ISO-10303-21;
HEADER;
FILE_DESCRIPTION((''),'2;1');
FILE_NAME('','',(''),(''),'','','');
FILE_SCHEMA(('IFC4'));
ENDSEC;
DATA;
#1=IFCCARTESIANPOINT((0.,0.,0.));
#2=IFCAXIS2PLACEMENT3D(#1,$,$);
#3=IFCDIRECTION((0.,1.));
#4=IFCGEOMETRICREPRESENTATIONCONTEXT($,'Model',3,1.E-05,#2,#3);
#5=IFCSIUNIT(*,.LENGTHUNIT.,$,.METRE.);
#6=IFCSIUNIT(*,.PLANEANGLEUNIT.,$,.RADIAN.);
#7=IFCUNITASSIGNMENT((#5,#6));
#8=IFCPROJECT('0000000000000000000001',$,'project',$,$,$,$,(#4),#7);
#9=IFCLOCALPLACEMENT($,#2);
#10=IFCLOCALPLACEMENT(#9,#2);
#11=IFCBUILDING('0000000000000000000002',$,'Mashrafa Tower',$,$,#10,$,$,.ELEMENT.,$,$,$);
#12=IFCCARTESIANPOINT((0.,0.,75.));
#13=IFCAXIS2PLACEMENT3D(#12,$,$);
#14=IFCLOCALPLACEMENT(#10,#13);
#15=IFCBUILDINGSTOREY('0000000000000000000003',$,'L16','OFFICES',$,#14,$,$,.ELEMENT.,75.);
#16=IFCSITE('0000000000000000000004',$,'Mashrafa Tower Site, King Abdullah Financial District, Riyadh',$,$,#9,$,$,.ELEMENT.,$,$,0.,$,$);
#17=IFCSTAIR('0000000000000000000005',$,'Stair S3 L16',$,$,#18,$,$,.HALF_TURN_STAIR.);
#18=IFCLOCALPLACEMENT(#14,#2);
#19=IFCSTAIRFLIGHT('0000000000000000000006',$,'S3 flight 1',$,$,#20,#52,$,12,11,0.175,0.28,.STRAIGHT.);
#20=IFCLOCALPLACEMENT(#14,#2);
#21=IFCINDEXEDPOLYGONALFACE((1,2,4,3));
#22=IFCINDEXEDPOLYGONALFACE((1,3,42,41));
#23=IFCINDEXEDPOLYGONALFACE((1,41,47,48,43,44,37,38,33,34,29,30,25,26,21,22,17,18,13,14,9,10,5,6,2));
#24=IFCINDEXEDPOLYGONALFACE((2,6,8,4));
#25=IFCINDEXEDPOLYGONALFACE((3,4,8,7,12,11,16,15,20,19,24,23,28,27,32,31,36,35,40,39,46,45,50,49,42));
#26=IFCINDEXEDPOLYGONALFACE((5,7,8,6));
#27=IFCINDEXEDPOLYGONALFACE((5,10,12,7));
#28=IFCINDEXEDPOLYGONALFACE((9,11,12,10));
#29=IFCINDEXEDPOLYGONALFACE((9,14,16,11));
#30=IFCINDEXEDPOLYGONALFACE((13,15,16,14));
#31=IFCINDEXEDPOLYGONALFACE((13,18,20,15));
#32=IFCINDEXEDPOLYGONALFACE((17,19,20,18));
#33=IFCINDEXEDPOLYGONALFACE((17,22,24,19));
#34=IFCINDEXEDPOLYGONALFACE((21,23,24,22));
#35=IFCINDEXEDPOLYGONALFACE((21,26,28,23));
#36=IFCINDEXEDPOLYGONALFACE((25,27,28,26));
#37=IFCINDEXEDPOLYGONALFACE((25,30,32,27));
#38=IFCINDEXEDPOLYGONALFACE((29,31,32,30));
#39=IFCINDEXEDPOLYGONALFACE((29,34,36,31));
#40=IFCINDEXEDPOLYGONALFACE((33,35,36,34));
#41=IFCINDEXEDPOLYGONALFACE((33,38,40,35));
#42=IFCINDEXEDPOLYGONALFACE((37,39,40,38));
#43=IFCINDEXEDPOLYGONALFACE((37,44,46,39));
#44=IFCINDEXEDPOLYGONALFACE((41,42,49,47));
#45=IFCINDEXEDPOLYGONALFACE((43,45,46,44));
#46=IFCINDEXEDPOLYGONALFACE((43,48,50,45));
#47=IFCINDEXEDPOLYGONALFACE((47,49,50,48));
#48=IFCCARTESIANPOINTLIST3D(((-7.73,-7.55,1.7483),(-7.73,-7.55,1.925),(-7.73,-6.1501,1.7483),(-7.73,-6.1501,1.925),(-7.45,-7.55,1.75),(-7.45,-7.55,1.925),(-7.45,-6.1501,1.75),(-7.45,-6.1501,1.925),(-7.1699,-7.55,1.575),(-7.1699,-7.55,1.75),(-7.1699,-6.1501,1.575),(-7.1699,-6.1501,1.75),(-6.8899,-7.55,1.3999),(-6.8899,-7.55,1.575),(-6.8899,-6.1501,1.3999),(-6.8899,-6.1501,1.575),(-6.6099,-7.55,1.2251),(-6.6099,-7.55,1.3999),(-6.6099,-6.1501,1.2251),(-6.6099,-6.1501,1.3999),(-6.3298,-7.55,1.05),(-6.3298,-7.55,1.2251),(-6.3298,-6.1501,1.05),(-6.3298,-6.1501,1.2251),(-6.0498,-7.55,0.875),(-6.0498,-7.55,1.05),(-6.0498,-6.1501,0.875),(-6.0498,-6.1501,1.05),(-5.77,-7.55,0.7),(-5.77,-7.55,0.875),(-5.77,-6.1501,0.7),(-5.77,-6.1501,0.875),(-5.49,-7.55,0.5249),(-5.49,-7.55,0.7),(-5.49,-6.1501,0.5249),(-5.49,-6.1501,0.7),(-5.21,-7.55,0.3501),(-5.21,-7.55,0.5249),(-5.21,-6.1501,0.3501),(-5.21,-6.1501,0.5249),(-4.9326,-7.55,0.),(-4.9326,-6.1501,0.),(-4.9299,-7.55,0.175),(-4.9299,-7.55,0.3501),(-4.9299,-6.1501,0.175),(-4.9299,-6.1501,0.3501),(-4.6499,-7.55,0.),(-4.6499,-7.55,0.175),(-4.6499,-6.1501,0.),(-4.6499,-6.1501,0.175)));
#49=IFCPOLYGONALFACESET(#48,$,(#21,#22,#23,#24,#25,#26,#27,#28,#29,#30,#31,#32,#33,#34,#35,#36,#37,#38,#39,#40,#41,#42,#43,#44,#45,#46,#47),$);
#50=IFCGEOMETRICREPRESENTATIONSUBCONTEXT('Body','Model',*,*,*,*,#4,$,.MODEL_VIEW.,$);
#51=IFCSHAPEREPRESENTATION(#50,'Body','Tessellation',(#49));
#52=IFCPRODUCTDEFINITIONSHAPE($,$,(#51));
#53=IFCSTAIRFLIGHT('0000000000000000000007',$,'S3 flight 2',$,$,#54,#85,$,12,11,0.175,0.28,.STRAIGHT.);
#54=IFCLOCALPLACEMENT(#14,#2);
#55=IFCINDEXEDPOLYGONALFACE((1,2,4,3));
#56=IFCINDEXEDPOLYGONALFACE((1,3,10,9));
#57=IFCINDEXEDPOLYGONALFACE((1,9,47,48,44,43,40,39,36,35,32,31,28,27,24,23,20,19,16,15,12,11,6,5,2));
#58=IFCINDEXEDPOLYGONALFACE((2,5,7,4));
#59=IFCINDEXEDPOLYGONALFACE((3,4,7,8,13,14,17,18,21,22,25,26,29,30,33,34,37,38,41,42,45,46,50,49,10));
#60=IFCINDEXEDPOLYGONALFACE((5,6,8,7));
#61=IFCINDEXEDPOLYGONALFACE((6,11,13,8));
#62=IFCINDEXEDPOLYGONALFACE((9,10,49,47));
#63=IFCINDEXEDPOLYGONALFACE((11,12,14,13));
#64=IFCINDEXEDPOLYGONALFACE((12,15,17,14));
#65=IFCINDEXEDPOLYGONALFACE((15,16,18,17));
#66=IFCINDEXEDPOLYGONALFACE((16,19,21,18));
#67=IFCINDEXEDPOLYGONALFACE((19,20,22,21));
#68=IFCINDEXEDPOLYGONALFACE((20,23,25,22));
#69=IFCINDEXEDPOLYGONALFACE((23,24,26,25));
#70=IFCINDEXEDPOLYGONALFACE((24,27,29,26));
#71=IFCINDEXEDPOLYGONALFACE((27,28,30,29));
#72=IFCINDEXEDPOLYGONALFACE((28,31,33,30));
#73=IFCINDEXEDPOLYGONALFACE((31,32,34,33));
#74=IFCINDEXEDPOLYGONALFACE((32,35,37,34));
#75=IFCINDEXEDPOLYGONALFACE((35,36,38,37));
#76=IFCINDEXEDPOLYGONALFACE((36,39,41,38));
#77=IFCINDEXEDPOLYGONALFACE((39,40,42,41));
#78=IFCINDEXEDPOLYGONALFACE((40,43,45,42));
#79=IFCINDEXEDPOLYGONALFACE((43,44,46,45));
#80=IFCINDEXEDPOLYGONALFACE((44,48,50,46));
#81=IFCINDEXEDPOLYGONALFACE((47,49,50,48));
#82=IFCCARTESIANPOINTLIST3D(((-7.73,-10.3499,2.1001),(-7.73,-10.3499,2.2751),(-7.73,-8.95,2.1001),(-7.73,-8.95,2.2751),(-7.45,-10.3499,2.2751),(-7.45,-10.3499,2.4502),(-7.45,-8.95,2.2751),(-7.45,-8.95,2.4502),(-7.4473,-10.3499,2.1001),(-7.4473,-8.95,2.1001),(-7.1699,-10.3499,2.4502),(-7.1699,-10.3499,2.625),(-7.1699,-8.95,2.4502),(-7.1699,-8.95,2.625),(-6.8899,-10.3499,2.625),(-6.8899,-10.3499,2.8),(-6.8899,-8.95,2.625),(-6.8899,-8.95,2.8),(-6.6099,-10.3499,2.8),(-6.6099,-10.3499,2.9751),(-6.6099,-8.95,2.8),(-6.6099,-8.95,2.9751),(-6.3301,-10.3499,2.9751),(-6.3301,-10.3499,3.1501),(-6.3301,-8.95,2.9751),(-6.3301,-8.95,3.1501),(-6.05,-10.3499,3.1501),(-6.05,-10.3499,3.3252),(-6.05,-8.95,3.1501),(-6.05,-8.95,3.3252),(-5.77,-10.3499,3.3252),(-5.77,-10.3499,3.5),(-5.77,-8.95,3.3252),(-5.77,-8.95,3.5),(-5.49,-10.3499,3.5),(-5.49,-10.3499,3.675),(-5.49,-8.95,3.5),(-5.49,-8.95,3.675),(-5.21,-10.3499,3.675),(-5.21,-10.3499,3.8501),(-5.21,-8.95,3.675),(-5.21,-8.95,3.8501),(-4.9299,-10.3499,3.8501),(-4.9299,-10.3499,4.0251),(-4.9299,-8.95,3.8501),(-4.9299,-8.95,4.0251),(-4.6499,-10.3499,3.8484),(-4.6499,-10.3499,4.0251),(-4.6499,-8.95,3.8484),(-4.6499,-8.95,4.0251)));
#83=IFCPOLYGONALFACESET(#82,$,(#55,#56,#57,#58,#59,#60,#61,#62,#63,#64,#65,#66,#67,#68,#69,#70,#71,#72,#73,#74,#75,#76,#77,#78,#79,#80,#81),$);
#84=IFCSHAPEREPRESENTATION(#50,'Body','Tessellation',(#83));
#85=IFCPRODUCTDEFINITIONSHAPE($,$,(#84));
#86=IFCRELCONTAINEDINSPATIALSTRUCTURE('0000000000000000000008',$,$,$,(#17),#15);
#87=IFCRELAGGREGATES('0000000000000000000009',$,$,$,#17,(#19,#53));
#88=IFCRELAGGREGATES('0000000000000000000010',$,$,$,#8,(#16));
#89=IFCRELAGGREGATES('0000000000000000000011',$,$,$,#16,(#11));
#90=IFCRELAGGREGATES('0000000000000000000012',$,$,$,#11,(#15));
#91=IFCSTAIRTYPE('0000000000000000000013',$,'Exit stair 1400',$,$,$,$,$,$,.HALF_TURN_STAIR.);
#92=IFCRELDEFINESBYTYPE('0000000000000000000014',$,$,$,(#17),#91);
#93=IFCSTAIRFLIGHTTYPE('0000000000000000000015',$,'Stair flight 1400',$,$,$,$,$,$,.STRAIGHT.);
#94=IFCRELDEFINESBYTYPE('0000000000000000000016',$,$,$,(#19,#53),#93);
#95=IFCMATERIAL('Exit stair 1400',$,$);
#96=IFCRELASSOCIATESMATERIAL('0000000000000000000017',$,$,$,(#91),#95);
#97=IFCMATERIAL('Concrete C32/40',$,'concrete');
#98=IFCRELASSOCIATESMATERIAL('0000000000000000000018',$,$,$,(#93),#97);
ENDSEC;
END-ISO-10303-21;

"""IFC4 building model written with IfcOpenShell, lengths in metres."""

from ifc_helpers import new_model, si_unit, direction, frame, origin, place, context, subcontext, project, spatial, polyline, outline, extrude, material, type_object, element, aggregate, save


model = new_model("IFC4")

# Units and contexts
model_context = context("Model", 3, precision=1e-05, world=origin(), true_north=direction((0.0, 1.0)))
body_context = subcontext(model_context, "Body", "Model", "MODEL_VIEW")
ifc_project = project(units=[si_unit("LENGTHUNIT", "METRE"), si_unit("PLANEANGLEUNIT", "RADIAN")], contexts=[model_context])

# Site, building, storey
site_placement = place(None, origin())
site = spatial("IfcSite", under=ifc_project, at=site_placement, Name="Mashrafa Tower Site, King Abdullah Financial District, Riyadh", CompositionType="ELEMENT", RefElevation=0.0)
building_placement = place(site_placement, origin())
building = spatial("IfcBuilding", under=site, at=building_placement, Name="Mashrafa Tower", CompositionType="ELEMENT")
storey_placement = place(building_placement, frame((0.0, 0.0, 75.0)))
storey = spatial("IfcBuildingStorey", under=building, at=storey_placement, Name="L16", Description="OFFICES", CompositionType="ELEMENT", Elevation=75.0)

# Stair, stair flights
ifc_material_1 = material(Name="Exit stair 1400")
stair_type = type_object("IfcStairType", Name="Exit stair 1400", PredefinedType="HALF_TURN_STAIR", material=ifc_material_1)
stair_placement = place(storey_placement, origin())
stair = element("IfcStair", 1, at=stair_placement, inside=storey, type_object=stair_type, Name="Stair S3 L16", PredefinedType="HALF_TURN_STAIR")
ifc_material_2 = material(Name="Concrete C32/40", Category="concrete")
stair_flight_type = type_object("IfcStairFlightType", Name="Stair flight 1400", PredefinedType="STRAIGHT", material=ifc_material_2)
stair_flight_1_placement = place(storey_placement, frame((-4.6499, -6.8501, 0.0), z_axis=(0.0, 0.0, 1.0), x_axis=(-1.0, 0.0, 0.0)))
stair_flight_1 = element("IfcStairFlight", 2, at=stair_flight_1_placement, type_object=stair_flight_type, Name="S3 flight 1", NumberOfRisers=12, NumberOfTreads=11, PredefinedType="STRAIGHT", RiserHeight=0.175, TreadLength=0.28, context=body_context, shape_type="SweptSolid", body=[
    extrude(outline(polyline([(0.0, 0.0), (0.0, 0.175), (0.28, 0.175), (0.28, 0.3501), (0.5601, 0.3501), (0.5601, 0.5249), (0.8401, 0.5249), (0.8401, 0.7), (1.1201, 0.7), (1.1201, 0.875), (1.3999, 0.875), (1.3999, 1.05), (1.6799, 1.05), (1.6799, 1.2251), (1.96, 1.2251), (1.96, 1.3999), (2.24, 1.3999), (2.24, 1.575), (2.52, 1.575), (2.52, 1.75), (2.8, 1.75), (2.8, 1.925), (3.0801, 1.925), (3.0801, 2.1001), (3.0801, 1.7483), (0.2827, 0.0), (0.0, 0.0)])), frame((0.0, 0.7, 0.0), z_axis=(0.0, -1.0, 0.0), x_axis=(1.0, 0.0, 0.0)), (0.0, 0.0, 1.0), 1.3999),
])
stair_flight_2_placement = place(storey_placement, frame((-7.73, -9.6499, 2.1001), z_axis=(0.0, 0.0, 1.0), x_axis=(1.0, 0.0, 0.0)))
stair_flight_2 = element("IfcStairFlight", 3, at=stair_flight_2_placement, type_object=stair_flight_type, Name="S3 flight 2", NumberOfRisers=12, NumberOfTreads=11, PredefinedType="STRAIGHT", RiserHeight=0.175, TreadLength=0.28, context=body_context, shape_type="SweptSolid", body=[
    extrude(outline(polyline([(0.0, 0.0), (0.0, 0.175), (0.28, 0.175), (0.28, 0.3501), (0.5601, 0.3501), (0.5601, 0.5249), (0.8401, 0.5249), (0.8401, 0.7), (1.1201, 0.7), (1.1201, 0.875), (1.3999, 0.875), (1.3999, 1.05), (1.6799, 1.05), (1.6799, 1.2251), (1.96, 1.2251), (1.96, 1.3999), (2.24, 1.3999), (2.24, 1.575), (2.52, 1.575), (2.52, 1.75), (2.8, 1.75), (2.8, 1.925), (3.0801, 1.925), (3.0801, 2.1001), (3.0801, 1.7483), (0.2827, 0.0), (0.0, 0.0)])), frame((0.0, 0.7, 0.0), z_axis=(0.0, -1.0, 0.0), x_axis=(1.0, 0.0, 0.0)), (0.0, 0.0, 1.0), 1.3999),
])
aggregate(stair, [stair_flight_1, stair_flight_2])

save(model, "model.ifc")
